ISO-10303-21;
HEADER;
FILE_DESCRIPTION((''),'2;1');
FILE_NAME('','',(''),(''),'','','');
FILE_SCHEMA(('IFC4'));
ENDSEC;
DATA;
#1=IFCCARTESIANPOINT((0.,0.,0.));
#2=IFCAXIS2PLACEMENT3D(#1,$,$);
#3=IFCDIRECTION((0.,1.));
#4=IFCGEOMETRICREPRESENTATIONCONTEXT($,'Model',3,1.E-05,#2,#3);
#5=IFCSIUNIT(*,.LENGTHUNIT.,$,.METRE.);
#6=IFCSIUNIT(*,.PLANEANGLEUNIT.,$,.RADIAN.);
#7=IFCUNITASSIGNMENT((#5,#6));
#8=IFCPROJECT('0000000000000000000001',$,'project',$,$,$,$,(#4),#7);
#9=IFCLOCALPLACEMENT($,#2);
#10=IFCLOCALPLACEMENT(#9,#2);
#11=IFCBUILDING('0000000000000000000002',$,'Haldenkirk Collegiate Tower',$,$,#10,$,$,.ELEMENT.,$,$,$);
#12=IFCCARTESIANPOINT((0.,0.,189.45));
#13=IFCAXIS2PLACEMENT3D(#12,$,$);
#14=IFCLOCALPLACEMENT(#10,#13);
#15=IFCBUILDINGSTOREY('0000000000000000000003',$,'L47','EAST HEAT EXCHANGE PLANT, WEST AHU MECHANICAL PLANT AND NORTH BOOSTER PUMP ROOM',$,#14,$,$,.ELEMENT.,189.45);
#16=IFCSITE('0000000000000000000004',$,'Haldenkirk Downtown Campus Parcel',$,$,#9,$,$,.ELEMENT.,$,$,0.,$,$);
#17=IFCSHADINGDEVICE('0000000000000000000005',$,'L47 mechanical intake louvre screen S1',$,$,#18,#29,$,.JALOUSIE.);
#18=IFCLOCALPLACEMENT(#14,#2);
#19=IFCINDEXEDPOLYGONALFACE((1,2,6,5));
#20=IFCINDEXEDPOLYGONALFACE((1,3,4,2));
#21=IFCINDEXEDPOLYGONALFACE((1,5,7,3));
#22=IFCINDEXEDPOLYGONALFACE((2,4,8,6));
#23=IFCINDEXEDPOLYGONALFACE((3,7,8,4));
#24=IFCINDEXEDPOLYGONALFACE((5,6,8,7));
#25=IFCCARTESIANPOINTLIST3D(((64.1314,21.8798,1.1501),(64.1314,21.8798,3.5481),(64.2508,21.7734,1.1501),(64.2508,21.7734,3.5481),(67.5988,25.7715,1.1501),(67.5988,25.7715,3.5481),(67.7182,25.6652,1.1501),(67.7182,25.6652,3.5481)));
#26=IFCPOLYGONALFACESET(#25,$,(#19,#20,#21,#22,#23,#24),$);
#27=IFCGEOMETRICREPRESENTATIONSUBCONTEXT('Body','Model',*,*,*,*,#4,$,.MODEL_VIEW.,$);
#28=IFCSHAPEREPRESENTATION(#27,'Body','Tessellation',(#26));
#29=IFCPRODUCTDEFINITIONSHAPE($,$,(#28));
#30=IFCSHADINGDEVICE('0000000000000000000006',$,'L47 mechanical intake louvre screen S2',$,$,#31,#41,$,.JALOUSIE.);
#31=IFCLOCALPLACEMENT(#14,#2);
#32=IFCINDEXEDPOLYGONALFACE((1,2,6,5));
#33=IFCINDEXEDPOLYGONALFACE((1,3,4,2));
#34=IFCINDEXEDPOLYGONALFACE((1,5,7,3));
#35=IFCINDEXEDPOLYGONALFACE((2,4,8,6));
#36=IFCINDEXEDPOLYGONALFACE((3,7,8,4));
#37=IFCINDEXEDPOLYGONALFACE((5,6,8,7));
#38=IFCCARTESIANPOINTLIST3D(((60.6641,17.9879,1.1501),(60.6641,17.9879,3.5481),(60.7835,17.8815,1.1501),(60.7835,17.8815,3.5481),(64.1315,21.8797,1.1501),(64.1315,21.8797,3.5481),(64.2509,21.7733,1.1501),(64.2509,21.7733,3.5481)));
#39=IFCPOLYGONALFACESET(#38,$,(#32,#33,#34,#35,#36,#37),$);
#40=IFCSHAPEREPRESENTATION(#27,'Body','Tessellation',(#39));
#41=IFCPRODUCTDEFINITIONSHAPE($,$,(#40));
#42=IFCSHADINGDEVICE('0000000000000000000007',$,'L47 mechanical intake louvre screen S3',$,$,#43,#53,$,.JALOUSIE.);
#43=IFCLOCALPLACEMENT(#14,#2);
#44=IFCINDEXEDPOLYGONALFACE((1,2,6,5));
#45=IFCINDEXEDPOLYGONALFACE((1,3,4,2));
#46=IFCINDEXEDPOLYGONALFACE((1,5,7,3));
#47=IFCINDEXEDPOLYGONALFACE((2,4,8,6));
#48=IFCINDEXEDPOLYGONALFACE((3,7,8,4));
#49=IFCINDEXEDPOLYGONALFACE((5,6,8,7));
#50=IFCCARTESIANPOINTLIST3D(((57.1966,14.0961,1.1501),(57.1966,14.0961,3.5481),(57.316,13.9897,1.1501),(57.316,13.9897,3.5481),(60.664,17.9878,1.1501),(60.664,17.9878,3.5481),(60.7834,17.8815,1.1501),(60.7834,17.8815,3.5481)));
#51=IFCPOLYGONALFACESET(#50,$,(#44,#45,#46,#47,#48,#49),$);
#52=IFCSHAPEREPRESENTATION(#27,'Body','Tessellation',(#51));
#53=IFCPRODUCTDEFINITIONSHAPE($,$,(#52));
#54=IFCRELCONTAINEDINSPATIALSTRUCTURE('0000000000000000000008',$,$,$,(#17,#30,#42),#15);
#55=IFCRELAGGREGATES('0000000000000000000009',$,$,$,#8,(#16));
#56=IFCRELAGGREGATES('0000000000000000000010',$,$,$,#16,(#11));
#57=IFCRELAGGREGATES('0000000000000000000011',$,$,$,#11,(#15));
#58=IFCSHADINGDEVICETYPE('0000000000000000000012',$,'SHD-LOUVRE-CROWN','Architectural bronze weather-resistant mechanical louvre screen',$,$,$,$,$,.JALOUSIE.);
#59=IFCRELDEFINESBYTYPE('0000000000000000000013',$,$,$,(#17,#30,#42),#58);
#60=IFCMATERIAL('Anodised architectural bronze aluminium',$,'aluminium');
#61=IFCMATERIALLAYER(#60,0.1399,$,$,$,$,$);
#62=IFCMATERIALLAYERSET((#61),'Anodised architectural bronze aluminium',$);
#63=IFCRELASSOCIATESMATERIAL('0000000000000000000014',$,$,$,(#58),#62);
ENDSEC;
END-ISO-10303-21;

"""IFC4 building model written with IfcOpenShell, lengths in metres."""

from ifc_helpers import new_model, si_unit, direction, frame, origin, origin_2d, place, context, subcontext, project, spatial, rectangle, extrude, source, transform, mapped, material, layer, layer_set, type_object, element, save


model = new_model("IFC4")

# Units and contexts
model_context = context("Model", 3, precision=1e-05, world=origin(), true_north=direction((0.0, 1.0)))
body_context = subcontext(model_context, "Body", "Model", "MODEL_VIEW")
ifc_project = project(units=[si_unit("LENGTHUNIT", "METRE"), si_unit("PLANEANGLEUNIT", "RADIAN")], contexts=[model_context])

# Site, building, storey
site_placement = place(None, origin())
site = spatial("IfcSite", under=ifc_project, at=site_placement, Name="Haldenkirk Downtown Campus Parcel", CompositionType="ELEMENT", RefElevation=0.0)
building_placement = place(site_placement, origin())
building = spatial("IfcBuilding", under=site, at=building_placement, Name="Haldenkirk Collegiate Tower", CompositionType="ELEMENT")
storey_placement = place(building_placement, frame((0.0, 0.0, 189.45)))
storey = spatial("IfcBuildingStorey", under=building, at=storey_placement, Name="L47", Description="EAST HEAT EXCHANGE PLANT, WEST AHU MECHANICAL PLANT AND NORTH BOOSTER PUMP ROOM", CompositionType="ELEMENT", Elevation=189.45)

# Shading devices
ifc_material_1 = material(Name="Anodised architectural bronze aluminium", Category="aluminium")
ifc_layer_1 = layer(ifc_material_1, 0.1399)
ifc_layer_set_1 = layer_set([ifc_layer_1], Name="Anodised architectural bronze aluminium")
shading_device_type = type_object("IfcShadingDeviceType", Name="SHD-LOUVRE-CROWN", Description="Architectural bronze weather-resistant mechanical louvre screen", PredefinedType="JALOUSIE", material=ifc_layer_set_1)
shared_shape_1 = source(origin(), body_context, "Body", "SweptSolid", [
    extrude(rectangle(XDim=5.2124, YDim=0.1599, at=origin_2d()), origin(), (0.0, 0.0, 1.0), 2.3979),
])
for number, where, z_axis, x_axis, name in (
    (1, (65.9248, 23.7725, 1.1501), (0.0, 0.0, 1.0), (-0.66523, -0.746638, 0.0), "L47 mechanical intake louvre screen S1"),
    (2, (62.4575, 19.8806, 1.1501), (0.0, 0.0, 1.0), (-0.66523, -0.746638, 0.0), "L47 mechanical intake louvre screen S2"),
    (3, (58.99, 15.9888, 1.1501), (0.0, 0.0, 1.0), (-0.66523, -0.746638, 0.0), "L47 mechanical intake louvre screen S3"),
):
    element("IfcShadingDevice", number, at=place(storey_placement, frame(where, z_axis=z_axis, x_axis=x_axis)), inside=storey, type_object=shading_device_type, Name=name, PredefinedType="JALOUSIE", context=body_context, shape_type="MappedRepresentation", body=[
        mapped(shared_shape_1, transform((0.0, 0.0, 0.0), x_axis=(1.0, 0.0, 0.0), y_axis=(0.0, 1.0, 0.0), z_axis=(0.0, 0.0, 1.0), scale=1.0)),
    ])

save(model, "model.ifc")
